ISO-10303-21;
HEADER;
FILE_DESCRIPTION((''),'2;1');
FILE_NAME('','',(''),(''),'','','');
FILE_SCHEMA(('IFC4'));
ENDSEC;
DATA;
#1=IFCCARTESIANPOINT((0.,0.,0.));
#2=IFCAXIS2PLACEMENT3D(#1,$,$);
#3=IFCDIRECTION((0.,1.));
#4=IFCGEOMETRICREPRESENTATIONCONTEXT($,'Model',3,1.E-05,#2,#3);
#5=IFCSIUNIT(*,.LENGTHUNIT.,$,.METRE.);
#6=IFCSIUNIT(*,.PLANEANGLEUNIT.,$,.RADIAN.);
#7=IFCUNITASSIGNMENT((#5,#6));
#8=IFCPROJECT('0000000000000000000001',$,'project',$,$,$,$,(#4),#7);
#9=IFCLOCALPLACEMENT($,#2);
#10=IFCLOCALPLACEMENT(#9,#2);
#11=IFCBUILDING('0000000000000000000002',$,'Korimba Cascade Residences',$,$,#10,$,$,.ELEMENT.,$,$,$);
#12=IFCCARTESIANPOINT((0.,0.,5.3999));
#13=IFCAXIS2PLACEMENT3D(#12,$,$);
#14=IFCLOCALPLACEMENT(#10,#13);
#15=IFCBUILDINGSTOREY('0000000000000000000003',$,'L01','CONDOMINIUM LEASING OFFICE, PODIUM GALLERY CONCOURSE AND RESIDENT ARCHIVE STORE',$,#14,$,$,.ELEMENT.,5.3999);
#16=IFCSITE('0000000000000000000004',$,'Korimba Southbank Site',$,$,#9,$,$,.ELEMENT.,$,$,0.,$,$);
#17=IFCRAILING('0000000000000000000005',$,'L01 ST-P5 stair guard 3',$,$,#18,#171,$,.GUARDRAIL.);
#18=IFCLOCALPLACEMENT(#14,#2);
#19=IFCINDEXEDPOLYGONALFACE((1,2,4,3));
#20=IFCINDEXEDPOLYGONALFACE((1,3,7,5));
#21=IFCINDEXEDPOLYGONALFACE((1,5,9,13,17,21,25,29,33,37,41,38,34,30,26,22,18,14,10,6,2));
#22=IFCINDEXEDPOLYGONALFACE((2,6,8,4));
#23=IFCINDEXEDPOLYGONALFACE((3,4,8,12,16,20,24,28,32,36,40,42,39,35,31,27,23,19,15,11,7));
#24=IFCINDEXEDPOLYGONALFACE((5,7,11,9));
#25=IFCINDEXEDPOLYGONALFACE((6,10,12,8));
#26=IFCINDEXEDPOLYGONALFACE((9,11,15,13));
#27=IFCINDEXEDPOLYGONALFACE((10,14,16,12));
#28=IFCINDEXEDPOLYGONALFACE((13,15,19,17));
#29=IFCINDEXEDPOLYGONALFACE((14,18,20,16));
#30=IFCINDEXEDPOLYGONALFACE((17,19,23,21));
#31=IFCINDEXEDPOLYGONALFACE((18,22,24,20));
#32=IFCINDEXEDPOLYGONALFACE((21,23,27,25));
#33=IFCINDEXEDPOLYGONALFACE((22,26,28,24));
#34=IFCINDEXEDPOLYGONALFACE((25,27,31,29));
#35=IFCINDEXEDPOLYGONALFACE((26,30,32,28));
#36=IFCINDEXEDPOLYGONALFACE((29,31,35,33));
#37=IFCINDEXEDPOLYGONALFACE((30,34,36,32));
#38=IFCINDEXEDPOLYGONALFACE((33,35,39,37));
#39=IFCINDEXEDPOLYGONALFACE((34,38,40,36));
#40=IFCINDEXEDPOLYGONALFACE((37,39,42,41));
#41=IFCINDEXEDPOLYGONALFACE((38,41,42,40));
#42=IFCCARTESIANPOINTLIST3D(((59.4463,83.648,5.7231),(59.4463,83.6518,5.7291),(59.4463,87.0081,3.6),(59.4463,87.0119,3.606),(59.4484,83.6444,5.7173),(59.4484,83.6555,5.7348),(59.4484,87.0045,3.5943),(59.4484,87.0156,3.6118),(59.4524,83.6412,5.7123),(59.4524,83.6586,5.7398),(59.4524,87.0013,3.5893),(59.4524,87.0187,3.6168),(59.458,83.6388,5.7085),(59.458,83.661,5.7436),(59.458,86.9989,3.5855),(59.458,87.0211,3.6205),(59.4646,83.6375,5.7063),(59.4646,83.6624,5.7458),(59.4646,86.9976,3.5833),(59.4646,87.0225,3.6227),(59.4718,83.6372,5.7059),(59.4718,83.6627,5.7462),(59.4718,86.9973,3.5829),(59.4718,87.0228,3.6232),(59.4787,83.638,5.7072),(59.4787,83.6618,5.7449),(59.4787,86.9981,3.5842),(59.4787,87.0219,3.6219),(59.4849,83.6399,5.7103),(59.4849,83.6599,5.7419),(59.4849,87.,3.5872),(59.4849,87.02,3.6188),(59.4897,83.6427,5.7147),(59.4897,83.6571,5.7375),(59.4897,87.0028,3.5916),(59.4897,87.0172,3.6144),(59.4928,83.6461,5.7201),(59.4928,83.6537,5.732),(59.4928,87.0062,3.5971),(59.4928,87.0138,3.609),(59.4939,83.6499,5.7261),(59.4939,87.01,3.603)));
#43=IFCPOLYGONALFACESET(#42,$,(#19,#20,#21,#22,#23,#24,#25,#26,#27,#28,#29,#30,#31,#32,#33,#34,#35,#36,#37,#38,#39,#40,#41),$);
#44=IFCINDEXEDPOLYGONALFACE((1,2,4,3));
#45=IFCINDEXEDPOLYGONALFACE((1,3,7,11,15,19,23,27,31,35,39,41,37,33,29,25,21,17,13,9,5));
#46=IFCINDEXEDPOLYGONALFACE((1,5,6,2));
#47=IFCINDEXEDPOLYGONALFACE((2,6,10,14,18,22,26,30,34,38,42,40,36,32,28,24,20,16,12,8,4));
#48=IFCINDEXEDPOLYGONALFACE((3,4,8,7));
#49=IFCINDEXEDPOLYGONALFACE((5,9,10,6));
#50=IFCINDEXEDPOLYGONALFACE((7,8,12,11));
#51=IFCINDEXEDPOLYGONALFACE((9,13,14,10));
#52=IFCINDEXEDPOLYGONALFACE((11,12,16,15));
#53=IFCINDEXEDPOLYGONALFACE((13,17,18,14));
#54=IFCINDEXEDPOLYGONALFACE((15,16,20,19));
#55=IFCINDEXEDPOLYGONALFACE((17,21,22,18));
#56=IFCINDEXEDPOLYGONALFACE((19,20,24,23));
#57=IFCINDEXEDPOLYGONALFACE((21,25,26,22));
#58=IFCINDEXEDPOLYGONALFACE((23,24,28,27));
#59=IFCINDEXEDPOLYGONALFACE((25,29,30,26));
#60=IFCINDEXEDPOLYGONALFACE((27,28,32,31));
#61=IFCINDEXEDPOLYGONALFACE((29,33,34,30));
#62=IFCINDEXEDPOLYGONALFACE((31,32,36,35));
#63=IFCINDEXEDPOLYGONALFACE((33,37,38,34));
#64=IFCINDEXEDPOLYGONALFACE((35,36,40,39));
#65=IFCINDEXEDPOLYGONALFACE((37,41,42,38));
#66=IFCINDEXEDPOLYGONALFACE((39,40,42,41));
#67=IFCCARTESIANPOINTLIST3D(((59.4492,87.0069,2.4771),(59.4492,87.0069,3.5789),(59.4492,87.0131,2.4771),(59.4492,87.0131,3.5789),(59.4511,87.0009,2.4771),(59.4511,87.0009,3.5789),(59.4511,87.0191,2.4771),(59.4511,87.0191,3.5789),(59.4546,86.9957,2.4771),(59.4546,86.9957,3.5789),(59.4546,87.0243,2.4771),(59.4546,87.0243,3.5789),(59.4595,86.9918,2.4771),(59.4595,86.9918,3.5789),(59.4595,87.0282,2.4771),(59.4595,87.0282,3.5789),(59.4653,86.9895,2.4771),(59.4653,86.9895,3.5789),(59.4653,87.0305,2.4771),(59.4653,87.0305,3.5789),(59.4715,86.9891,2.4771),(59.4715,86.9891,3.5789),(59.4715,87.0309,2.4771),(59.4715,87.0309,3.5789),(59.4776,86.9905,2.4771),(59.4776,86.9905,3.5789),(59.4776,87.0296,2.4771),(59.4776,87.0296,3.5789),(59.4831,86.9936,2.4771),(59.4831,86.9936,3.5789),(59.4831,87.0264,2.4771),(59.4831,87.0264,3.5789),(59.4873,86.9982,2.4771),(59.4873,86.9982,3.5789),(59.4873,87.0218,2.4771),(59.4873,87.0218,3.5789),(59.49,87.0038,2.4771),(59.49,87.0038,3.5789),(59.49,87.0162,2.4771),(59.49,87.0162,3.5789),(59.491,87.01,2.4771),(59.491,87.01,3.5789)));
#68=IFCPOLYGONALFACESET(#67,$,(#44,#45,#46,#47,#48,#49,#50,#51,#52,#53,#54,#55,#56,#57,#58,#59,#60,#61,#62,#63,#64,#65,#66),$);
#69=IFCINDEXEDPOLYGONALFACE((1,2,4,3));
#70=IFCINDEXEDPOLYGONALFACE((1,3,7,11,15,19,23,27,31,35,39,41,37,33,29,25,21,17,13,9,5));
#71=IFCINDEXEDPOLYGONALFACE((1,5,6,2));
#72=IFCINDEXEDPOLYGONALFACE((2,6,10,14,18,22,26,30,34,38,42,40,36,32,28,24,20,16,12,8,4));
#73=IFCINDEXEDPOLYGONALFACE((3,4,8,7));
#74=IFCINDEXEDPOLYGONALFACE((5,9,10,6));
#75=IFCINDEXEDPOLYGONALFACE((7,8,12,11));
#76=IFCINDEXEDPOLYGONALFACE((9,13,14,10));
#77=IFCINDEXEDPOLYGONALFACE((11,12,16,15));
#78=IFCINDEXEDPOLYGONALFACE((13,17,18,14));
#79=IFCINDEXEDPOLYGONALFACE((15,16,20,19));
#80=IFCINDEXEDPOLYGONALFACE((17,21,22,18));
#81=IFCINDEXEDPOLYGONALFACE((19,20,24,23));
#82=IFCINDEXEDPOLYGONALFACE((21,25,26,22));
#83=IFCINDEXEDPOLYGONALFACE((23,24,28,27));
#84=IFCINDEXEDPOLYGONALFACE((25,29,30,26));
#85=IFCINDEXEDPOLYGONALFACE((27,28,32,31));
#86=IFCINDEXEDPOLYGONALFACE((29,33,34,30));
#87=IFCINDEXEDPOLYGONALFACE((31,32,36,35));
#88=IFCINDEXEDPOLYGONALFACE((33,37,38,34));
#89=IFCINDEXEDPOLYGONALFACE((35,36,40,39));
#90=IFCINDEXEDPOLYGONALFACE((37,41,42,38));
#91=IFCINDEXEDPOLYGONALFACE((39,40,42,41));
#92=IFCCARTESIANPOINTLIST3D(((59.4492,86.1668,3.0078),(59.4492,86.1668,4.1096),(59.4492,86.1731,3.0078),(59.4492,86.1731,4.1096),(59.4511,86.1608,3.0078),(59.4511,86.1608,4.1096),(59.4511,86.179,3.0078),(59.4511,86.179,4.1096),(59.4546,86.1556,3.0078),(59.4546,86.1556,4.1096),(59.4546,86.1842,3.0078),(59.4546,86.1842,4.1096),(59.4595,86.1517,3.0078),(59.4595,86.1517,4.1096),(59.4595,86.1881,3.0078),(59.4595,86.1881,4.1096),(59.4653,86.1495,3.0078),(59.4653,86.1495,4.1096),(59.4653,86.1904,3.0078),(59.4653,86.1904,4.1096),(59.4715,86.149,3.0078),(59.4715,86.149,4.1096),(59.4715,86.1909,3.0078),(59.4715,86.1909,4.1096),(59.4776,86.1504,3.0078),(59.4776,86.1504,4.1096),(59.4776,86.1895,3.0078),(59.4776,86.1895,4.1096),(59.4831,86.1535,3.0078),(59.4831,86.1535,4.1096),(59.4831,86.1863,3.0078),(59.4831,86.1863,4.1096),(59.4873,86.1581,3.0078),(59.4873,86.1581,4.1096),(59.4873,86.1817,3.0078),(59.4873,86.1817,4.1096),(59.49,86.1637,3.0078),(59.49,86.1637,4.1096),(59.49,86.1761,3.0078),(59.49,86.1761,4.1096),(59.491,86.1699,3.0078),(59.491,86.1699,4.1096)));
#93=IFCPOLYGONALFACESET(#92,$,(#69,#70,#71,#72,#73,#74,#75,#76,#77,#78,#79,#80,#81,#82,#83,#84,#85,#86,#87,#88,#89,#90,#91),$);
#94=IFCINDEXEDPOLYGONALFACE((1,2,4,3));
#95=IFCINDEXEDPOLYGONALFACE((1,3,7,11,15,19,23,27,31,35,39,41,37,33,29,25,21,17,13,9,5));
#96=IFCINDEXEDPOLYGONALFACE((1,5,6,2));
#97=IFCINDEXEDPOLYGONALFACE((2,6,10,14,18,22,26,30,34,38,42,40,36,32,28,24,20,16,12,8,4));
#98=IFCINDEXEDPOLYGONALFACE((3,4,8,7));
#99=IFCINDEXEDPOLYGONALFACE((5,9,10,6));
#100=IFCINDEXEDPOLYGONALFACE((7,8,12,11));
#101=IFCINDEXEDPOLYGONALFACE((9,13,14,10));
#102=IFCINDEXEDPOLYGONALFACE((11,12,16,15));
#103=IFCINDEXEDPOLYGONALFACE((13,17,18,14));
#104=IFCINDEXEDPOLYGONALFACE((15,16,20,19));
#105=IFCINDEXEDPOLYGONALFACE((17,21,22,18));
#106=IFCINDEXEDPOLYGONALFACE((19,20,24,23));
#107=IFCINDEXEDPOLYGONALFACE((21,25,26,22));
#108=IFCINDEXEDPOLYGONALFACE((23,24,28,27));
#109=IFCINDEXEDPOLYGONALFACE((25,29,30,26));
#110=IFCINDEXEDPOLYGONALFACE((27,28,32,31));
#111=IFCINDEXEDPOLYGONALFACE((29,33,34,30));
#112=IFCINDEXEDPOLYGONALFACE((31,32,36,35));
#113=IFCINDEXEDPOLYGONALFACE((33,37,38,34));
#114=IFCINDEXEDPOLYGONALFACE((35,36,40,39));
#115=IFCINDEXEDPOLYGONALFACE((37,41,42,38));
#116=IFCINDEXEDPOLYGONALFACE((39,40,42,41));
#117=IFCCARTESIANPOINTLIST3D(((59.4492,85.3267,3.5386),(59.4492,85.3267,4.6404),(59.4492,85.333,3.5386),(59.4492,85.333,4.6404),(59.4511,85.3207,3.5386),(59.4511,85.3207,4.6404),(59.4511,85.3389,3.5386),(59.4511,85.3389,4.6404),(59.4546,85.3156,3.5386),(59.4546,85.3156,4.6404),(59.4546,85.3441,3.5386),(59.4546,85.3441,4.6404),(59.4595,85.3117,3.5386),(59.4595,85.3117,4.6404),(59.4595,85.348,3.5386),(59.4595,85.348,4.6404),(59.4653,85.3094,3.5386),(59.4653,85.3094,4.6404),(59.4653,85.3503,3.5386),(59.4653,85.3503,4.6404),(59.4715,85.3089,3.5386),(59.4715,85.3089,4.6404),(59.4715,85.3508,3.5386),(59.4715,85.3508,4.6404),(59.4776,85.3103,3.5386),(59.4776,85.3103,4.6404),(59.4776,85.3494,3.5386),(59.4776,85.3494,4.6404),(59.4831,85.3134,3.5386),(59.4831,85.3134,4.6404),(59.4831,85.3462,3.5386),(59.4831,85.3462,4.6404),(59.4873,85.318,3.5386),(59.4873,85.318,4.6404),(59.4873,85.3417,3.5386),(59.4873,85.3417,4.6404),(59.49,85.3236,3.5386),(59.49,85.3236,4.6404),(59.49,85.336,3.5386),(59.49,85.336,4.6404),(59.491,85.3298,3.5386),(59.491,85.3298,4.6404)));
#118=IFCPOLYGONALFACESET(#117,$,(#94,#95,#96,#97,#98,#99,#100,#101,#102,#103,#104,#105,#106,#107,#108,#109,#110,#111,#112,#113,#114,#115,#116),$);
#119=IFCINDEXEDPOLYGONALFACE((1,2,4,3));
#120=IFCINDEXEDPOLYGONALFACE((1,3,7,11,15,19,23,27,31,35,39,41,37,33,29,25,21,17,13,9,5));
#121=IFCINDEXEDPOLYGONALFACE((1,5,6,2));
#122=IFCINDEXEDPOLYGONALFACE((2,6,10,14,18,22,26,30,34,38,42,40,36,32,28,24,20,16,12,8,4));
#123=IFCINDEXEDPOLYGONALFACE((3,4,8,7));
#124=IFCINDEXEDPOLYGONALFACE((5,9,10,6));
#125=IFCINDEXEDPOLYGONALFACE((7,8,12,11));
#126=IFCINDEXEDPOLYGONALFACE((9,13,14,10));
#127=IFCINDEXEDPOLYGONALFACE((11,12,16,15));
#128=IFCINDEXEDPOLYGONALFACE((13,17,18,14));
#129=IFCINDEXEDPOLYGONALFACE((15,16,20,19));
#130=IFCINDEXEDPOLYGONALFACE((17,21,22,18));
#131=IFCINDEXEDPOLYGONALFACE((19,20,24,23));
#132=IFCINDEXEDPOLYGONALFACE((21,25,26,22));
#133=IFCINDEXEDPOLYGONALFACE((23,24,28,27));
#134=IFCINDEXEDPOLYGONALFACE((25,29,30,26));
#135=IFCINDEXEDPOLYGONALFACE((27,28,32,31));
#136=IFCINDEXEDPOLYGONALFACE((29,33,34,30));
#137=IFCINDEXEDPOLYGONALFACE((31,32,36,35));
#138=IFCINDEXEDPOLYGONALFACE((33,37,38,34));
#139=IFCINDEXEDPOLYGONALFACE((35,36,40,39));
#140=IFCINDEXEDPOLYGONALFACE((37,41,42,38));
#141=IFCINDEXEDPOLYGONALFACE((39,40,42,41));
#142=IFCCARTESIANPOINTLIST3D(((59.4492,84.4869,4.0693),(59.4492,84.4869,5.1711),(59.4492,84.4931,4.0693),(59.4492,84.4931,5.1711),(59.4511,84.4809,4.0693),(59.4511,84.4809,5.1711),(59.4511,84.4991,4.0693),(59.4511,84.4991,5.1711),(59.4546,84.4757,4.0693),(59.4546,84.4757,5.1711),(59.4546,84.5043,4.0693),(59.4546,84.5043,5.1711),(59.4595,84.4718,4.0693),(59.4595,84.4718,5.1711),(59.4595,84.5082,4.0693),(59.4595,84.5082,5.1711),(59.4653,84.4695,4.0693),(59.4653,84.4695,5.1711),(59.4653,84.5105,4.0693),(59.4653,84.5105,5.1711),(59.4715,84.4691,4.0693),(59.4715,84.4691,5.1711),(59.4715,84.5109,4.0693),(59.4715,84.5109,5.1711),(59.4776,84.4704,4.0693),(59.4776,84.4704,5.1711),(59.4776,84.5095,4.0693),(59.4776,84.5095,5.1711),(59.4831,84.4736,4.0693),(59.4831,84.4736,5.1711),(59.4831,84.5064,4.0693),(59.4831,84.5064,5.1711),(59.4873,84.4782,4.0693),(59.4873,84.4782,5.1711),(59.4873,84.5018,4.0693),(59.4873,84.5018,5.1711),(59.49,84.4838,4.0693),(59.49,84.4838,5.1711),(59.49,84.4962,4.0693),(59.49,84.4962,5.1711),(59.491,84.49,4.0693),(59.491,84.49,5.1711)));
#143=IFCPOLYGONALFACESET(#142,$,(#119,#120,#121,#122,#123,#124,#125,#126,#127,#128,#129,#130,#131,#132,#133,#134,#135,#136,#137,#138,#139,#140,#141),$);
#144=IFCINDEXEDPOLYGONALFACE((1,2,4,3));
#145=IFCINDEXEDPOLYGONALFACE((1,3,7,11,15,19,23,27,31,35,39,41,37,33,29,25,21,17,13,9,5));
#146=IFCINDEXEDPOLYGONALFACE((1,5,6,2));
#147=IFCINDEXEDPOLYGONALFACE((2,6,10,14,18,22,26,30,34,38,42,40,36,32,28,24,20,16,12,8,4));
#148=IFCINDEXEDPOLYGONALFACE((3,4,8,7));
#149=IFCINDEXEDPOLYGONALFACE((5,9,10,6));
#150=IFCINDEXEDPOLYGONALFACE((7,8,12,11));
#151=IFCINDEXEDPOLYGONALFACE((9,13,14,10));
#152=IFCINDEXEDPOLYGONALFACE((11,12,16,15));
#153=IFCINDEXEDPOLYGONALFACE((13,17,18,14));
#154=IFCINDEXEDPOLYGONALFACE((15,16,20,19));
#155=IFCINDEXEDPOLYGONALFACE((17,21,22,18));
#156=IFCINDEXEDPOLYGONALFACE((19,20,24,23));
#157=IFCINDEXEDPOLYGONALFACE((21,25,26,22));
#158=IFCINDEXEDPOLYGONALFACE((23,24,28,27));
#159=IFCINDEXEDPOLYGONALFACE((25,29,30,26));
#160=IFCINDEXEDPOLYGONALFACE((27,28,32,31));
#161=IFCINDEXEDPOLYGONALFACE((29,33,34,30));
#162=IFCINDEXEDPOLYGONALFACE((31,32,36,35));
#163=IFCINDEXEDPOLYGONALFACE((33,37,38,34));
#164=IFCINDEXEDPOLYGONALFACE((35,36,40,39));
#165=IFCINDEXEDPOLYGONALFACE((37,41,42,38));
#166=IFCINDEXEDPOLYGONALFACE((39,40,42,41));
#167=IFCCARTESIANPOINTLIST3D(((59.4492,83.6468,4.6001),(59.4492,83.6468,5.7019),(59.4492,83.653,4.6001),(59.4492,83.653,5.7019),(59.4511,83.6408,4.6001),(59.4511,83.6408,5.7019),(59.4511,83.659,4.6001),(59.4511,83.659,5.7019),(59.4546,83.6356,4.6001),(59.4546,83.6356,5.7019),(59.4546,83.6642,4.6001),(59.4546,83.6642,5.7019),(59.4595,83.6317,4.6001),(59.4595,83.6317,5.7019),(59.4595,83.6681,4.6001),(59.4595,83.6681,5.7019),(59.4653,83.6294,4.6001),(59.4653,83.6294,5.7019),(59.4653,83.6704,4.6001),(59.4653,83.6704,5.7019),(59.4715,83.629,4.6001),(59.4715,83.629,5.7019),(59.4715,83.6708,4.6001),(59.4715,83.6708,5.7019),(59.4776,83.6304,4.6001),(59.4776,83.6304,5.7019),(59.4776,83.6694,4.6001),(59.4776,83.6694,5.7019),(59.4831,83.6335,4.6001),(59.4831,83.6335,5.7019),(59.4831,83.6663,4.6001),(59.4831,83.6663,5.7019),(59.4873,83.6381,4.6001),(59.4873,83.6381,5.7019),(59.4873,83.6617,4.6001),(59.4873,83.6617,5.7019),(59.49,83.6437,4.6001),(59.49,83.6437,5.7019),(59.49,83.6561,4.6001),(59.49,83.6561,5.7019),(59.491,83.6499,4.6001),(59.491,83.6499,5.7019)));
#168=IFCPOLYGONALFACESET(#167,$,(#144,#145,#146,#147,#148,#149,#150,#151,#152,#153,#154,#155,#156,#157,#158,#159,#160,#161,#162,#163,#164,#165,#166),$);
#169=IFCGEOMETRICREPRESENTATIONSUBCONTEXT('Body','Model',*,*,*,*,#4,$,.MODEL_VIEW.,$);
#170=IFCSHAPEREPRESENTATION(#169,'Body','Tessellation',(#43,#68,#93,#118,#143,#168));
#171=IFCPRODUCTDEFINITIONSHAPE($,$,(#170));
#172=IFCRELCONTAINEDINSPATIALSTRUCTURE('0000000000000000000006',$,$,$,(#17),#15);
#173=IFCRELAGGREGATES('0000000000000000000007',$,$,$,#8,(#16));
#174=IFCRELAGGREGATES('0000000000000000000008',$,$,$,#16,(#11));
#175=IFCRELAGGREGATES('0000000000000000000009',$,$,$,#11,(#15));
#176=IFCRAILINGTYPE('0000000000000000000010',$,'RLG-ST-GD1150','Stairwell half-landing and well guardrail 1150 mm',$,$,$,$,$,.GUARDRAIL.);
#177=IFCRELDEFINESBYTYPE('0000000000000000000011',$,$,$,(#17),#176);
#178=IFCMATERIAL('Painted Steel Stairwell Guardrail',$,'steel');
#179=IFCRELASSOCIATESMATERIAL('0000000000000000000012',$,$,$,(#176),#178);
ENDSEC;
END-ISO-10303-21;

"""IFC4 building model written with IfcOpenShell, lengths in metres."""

from ifc_helpers import new_model, si_unit, direction, frame, origin, origin_2d, place, context, subcontext, project, spatial, circle, extrude, material, type_object, element, save


model = new_model("IFC4")

# Units and contexts
model_context = context("Model", 3, precision=1e-05, world=origin(), true_north=direction((0.0, 1.0)))
body_context = subcontext(model_context, "Body", "Model", "MODEL_VIEW")
ifc_project = project(units=[si_unit("LENGTHUNIT", "METRE"), si_unit("PLANEANGLEUNIT", "RADIAN")], contexts=[model_context])

# Site, building, storey
site_placement = place(None, origin())
site = spatial("IfcSite", under=ifc_project, at=site_placement, Name="Korimba Southbank Site", CompositionType="ELEMENT", RefElevation=0.0)
building_placement = place(site_placement, origin())
building = spatial("IfcBuilding", under=site, at=building_placement, Name="Korimba Cascade Residences", CompositionType="ELEMENT")
storey_placement = place(building_placement, frame((0.0, 0.0, 5.3999)))
storey = spatial("IfcBuildingStorey", under=building, at=storey_placement, Name="L01", Description="CONDOMINIUM LEASING OFFICE, PODIUM GALLERY CONCOURSE AND RESIDENT ARCHIVE STORE", CompositionType="ELEMENT", Elevation=5.3999)

# Railing
ifc_material_1 = material(Name="Painted Steel Stairwell Guardrail", Category="steel")
railing_type_1 = type_object("IfcRailingType", Name="RLG-ST-GD1150", Description="Stairwell half-landing and well guardrail 1150 mm", PredefinedType="GUARDRAIL", material=ifc_material_1)
railing_1_placement = place(storey_placement, frame((59.47, 87.01, 2.4771)))
element("IfcRailing", 1, at=railing_1_placement, inside=storey, type_object=railing_type_1, Name="L01 ST-P5 stair guard 3", PredefinedType="GUARDRAIL", context=body_context, shape_type="SweptSolid", body=[
    extrude(circle(Radius=0.0239, at=origin_2d()), frame((0.0, 0.0, 1.126), z_axis=(0.0, -0.84539, 0.53415), x_axis=(1.0, 0.0, 0.0)), (0.0, 0.0, 1.0), 3.9746),
    extrude(circle(Radius=0.021, at=origin_2d()), origin(), (0.0, 0.0, 1.0), 1.1018),
    extrude(circle(Radius=0.021, at=origin_2d()), frame((0.0, -0.8401, 0.5308)), (0.0, 0.0, 1.0), 1.1018),
    extrude(circle(Radius=0.021, at=origin_2d()), frame((0.0, -1.6802, 1.0615)), (0.0, 0.0, 1.0), 1.1018),
    extrude(circle(Radius=0.021, at=origin_2d()), frame((0.0, -2.52, 1.5923)), (0.0, 0.0, 1.0), 1.1018),
    extrude(circle(Radius=0.021, at=origin_2d()), frame((0.0, -3.3601, 2.123)), (0.0, 0.0, 1.0), 1.1018),
])

save(model, "model.ifc")
